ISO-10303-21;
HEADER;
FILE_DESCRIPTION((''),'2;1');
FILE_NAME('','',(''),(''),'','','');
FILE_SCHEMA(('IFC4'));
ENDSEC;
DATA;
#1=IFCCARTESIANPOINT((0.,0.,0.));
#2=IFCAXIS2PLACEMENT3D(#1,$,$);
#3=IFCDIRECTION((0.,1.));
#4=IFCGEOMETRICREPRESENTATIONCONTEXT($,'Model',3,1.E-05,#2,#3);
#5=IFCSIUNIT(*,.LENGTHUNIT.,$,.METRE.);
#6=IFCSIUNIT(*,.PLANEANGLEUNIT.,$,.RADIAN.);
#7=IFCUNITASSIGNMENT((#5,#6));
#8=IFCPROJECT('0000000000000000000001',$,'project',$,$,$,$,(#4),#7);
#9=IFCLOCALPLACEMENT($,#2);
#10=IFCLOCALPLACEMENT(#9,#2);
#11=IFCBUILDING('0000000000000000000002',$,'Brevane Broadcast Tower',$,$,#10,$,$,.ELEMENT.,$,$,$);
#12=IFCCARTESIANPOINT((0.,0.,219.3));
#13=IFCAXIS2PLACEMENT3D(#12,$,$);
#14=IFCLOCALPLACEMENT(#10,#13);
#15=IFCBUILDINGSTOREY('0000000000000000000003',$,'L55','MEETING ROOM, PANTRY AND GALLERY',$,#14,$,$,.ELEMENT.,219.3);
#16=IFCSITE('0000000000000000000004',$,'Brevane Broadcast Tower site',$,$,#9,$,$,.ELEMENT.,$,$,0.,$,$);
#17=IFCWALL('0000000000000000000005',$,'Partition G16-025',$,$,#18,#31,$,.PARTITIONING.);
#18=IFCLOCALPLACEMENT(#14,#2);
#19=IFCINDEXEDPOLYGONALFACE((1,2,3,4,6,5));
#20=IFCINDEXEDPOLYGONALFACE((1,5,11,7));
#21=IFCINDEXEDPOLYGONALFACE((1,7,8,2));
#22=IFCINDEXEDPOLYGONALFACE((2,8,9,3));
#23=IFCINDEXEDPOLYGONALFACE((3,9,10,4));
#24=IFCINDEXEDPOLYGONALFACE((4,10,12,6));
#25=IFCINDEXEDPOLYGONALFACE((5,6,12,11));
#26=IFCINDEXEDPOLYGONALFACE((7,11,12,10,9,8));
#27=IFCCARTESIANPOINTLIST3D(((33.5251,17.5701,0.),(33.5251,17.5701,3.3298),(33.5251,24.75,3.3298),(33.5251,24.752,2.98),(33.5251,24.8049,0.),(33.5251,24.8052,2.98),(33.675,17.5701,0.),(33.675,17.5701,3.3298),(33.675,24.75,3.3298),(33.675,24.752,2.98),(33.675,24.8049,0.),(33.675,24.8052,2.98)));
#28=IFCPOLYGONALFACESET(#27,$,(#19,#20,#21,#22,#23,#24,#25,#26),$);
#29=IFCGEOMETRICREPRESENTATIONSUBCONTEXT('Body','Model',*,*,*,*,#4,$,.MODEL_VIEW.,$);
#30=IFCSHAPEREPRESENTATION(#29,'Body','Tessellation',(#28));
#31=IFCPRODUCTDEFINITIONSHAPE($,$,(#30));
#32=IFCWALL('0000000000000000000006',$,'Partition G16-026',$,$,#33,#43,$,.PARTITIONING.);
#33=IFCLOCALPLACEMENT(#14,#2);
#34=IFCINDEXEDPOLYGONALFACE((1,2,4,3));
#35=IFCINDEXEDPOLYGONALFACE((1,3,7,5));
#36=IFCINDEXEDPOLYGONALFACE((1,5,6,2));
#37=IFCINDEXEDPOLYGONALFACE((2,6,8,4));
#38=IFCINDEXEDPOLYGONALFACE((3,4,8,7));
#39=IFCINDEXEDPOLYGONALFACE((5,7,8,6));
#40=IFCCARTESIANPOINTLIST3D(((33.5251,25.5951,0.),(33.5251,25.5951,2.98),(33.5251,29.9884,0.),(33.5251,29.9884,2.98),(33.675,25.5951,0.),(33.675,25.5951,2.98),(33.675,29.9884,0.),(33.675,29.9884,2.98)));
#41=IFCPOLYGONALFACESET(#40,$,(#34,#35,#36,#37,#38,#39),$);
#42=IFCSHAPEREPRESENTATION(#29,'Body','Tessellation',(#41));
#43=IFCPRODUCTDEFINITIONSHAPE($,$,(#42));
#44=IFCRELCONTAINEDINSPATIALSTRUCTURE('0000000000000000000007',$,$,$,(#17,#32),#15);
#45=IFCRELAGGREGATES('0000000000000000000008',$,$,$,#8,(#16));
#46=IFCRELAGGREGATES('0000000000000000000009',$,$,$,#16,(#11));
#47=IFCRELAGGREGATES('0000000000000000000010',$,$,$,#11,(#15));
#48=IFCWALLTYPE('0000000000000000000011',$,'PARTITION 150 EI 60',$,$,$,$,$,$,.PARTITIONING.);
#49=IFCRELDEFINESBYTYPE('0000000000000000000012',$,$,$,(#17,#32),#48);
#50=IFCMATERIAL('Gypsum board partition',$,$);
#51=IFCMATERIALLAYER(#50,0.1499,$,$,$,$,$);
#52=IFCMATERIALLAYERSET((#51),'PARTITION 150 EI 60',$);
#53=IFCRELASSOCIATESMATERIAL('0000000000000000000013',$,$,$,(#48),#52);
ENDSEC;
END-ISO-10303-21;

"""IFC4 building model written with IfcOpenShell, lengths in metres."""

from ifc_helpers import new_model, si_unit, direction, frame, frame_2d, origin, place, context, subcontext, project, spatial, polyline, rectangle, outline, extrude, material, layer, layer_set, type_object, element, save


model = new_model("IFC4")

# Units and contexts
model_context = context("Model", 3, precision=1e-05, world=origin(), true_north=direction((0.0, 1.0)))
body_context = subcontext(model_context, "Body", "Model", "MODEL_VIEW")
ifc_project = project(units=[si_unit("LENGTHUNIT", "METRE"), si_unit("PLANEANGLEUNIT", "RADIAN")], contexts=[model_context])

# Site, building, storey
site_placement = place(None, origin())
site = spatial("IfcSite", under=ifc_project, at=site_placement, Name="Brevane Broadcast Tower site", CompositionType="ELEMENT", RefElevation=0.0)
building_placement = place(site_placement, origin())
building = spatial("IfcBuilding", under=site, at=building_placement, Name="Brevane Broadcast Tower", CompositionType="ELEMENT")
storey_placement = place(building_placement, frame((0.0, 0.0, 219.3)))
storey = spatial("IfcBuildingStorey", under=building, at=storey_placement, Name="L55", Description="MEETING ROOM, PANTRY AND GALLERY", CompositionType="ELEMENT", Elevation=219.3)

# Shared definitions
ifc_material_1 = material(Name="Gypsum board partition")
ifc_layer_1 = layer(ifc_material_1, 0.1499)
ifc_layer_set_1 = layer_set([ifc_layer_1], Name="PARTITION 150 EI 60")
wall_type_1 = type_object("IfcWallType", Name="PARTITION 150 EI 60", PredefinedType="PARTITIONING", material=ifc_layer_set_1)

# Walls
wall_1_placement = place(storey_placement, frame((33.6001, 17.5701, 0.0), z_axis=(0.0, 0.0, 1.0), x_axis=(0.0, 1.0, 0.0)))
element("IfcWall", 1, at=wall_1_placement, inside=storey, type_object=wall_type_1, Name="Partition G16-025", PredefinedType="PARTITIONING", context=body_context, shape_type="SweptSolid", body=[
    extrude(outline(polyline([(0.0, 0.0), (7.2349, 0.0), (7.2351, 2.98), (7.1819, 2.98), (7.1799, 3.3298), (0.0, 3.3298), (0.0, 0.0)])), frame((0.0, 0.075, 0.0), z_axis=(0.0, -1.0, 0.0), x_axis=(1.0, 0.0, 0.0)), (0.0, 0.0, 1.0), 0.1499),
])
wall_2_placement = place(storey_placement, frame((33.6001, 25.595, 0.0), z_axis=(0.0, 0.0, 1.0), x_axis=(0.0, 1.0, 0.0)))
element("IfcWall", 2, at=wall_2_placement, inside=storey, type_object=wall_type_1, Name="Partition G16-026", PredefinedType="PARTITIONING", context=body_context, shape_type="SweptSolid", body=[
    extrude(rectangle(XDim=4.3933, YDim=0.1499, at=frame_2d((2.1968, 0.0))), origin(), (0.0, 0.0, 1.0), 2.98),
])

save(model, "model.ifc")
